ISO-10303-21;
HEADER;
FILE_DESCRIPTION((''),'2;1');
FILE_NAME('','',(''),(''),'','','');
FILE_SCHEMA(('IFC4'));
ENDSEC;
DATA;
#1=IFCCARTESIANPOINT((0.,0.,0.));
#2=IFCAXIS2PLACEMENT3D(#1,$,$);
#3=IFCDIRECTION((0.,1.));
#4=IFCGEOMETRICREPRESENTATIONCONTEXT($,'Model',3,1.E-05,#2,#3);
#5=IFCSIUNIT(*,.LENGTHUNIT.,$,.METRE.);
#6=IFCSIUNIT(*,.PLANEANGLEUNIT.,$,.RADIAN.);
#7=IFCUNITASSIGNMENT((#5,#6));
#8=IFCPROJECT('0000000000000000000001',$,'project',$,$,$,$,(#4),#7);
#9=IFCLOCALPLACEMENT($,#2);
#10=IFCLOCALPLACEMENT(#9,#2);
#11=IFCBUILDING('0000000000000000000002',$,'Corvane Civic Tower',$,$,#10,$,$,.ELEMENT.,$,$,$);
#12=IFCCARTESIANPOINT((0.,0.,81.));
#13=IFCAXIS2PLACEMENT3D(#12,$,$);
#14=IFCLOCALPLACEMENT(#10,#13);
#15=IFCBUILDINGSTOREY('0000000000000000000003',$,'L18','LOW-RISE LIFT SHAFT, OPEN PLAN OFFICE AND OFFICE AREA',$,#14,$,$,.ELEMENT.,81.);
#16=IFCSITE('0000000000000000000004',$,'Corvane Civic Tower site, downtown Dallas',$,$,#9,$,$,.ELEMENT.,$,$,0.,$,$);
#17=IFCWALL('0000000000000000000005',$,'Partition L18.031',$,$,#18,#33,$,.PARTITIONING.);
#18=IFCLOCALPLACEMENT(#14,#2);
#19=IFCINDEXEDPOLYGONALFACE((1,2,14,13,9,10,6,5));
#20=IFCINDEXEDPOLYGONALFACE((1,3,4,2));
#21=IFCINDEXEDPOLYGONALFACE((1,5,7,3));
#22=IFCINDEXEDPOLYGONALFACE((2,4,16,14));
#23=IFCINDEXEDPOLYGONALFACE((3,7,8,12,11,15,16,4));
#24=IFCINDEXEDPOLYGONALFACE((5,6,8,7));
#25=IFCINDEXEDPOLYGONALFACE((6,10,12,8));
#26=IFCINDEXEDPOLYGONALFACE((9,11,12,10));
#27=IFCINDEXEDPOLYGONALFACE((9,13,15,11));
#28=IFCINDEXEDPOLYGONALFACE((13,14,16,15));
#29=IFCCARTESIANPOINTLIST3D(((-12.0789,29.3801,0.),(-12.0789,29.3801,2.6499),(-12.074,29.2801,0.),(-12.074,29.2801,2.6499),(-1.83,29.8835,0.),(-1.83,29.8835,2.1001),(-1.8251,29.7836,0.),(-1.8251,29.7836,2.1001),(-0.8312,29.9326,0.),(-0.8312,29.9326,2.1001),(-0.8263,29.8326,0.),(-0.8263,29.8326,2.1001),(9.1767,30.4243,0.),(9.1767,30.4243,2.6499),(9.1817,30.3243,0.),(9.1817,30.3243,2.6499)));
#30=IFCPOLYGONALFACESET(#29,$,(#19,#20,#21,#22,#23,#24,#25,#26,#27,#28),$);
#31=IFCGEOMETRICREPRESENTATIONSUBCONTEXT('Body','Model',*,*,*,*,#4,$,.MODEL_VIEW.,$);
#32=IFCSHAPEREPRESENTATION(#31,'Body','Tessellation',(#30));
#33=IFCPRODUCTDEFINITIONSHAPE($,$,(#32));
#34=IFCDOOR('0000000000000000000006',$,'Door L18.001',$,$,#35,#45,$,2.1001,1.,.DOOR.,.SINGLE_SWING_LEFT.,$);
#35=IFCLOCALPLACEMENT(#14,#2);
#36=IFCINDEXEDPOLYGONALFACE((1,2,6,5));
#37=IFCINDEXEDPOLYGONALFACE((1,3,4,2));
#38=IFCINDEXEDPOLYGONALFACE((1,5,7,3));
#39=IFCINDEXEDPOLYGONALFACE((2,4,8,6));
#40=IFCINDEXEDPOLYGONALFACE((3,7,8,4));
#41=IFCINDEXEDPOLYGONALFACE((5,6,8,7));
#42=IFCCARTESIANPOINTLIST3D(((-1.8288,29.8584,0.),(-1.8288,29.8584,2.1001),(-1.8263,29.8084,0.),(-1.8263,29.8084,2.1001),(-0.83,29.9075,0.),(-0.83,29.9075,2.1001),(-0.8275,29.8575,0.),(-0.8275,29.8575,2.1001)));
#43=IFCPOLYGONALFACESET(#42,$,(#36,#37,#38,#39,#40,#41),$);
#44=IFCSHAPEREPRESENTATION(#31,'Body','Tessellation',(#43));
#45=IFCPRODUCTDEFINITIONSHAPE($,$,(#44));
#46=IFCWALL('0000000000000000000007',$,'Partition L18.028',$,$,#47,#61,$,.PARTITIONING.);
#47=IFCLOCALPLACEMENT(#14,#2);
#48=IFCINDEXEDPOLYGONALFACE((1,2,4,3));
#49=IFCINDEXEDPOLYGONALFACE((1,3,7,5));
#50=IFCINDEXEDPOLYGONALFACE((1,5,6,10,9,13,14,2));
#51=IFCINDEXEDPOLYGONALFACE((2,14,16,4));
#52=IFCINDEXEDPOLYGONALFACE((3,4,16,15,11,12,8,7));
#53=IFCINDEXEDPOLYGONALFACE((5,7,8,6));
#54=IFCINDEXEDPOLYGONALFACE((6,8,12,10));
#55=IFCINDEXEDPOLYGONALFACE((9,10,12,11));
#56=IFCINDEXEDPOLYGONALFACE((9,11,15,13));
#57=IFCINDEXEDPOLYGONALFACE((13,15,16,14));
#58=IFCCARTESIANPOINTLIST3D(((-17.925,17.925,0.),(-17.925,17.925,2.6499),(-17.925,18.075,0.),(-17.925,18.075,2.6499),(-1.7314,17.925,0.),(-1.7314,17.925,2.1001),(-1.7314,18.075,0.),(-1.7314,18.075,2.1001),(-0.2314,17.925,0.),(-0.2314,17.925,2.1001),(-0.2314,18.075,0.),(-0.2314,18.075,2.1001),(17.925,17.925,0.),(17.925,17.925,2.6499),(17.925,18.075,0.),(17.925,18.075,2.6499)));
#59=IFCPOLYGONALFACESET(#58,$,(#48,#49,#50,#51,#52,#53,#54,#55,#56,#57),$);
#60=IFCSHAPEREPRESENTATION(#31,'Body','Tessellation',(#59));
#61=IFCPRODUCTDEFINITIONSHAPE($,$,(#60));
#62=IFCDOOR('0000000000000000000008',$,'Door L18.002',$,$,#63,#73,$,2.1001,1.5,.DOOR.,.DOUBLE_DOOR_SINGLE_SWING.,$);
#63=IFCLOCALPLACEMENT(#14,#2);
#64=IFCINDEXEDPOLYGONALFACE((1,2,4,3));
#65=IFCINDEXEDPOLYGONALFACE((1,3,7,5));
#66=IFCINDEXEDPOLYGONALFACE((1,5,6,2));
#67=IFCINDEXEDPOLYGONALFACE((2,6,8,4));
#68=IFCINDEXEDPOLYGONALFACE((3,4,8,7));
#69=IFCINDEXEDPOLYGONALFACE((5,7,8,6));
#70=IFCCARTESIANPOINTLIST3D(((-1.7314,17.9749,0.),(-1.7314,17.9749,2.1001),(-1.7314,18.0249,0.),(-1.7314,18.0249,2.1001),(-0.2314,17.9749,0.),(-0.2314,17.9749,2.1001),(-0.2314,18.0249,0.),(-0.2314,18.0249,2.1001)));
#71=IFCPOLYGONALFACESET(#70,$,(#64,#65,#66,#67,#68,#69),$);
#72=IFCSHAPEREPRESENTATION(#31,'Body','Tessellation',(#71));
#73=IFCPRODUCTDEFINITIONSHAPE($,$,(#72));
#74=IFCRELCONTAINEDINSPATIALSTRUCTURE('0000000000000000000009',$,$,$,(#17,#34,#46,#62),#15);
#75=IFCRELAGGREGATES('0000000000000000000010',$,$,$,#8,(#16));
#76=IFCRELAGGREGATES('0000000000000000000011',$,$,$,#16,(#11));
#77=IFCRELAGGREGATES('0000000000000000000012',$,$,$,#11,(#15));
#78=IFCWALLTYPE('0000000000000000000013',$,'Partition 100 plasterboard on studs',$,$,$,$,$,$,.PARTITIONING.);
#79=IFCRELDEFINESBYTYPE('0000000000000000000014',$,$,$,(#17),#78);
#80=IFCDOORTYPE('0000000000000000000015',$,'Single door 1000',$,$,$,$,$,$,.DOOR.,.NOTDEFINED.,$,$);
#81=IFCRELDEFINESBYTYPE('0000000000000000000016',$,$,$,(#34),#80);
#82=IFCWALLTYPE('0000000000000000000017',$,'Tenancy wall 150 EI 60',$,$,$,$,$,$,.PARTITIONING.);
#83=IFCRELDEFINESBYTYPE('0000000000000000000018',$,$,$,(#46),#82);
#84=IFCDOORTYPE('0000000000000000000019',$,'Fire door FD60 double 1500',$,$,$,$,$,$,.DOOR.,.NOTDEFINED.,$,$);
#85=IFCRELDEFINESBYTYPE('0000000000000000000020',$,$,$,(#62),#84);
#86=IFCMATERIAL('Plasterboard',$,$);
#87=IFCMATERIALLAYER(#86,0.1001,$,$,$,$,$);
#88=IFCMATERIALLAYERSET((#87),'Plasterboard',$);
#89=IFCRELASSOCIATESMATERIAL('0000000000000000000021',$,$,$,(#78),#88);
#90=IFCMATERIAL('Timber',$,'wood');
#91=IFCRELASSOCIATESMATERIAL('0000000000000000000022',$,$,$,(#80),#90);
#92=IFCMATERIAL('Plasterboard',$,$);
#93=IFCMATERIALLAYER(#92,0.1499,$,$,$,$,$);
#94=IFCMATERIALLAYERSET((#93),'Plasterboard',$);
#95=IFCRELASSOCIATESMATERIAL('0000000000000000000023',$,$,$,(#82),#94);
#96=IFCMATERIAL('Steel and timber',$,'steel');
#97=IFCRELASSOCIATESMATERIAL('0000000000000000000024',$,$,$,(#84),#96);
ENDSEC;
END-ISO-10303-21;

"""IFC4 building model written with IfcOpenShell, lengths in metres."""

from ifc_helpers import new_model, si_unit, direction, frame, frame_2d, origin, place, context, subcontext, project, spatial, rectangle, extrude, material, layer, layer_set, type_object, element, fill, save


model = new_model("IFC4")

# Units and contexts
model_context = context("Model", 3, precision=1e-05, world=origin(), true_north=direction((0.0, 1.0)))
body_context = subcontext(model_context, "Body", "Model", "MODEL_VIEW")
ifc_project = project(units=[si_unit("LENGTHUNIT", "METRE"), si_unit("PLANEANGLEUNIT", "RADIAN")], contexts=[model_context])

# Site, building, storey
site_placement = place(None, origin())
site = spatial("IfcSite", under=ifc_project, at=site_placement, Name="Corvane Civic Tower site, downtown Dallas", CompositionType="ELEMENT", RefElevation=0.0)
building_placement = place(site_placement, origin())
building = spatial("IfcBuilding", under=site, at=building_placement, Name="Corvane Civic Tower", CompositionType="ELEMENT")
storey_placement = place(building_placement, frame((0.0, 0.0, 81.0)))
storey = spatial("IfcBuildingStorey", under=building, at=storey_placement, Name="L18", Description="LOW-RISE LIFT SHAFT, OPEN PLAN OFFICE AND OFFICE AREA", CompositionType="ELEMENT", Elevation=81.0)

# Shared definitions
ifc_material_1 = material(Name="Plasterboard")
ifc_layer_1 = layer(ifc_material_1, 0.1001)
ifc_layer_set_1 = layer_set([ifc_layer_1], Name="Plasterboard")
wall_type_1 = type_object("IfcWallType", Name="Partition 100 plasterboard on studs", PredefinedType="PARTITIONING", material=ifc_layer_set_1)

# Walls, openings, doors
wall_1_placement = place(storey_placement, frame((-12.0764, 29.3301, 0.0), z_axis=(0.0, 0.0, 1.0), x_axis=(0.998796, 0.049066, 0.0)))
wall_1 = element("IfcWall", 1, at=wall_1_placement, inside=storey, type_object=wall_type_1, Name="Partition L18.031", PredefinedType="PARTITIONING", context=body_context, shape_type="SweptSolid", body=[
    extrude(rectangle(XDim=21.2812, YDim=0.1001, at=frame_2d((10.6406, 0.0))), origin(), (0.0, 0.0, 1.0), 2.6499),
])
opening_1_placement = place(wall_1_placement, frame((10.2612, 0.0, 0.0)))
opening_1 = element("IfcOpeningElement", 2, at=opening_1_placement, cuts=wall_1, PredefinedType="OPENING", context=body_context, shape_type="SweptSolid", body=[
    extrude(rectangle(XDim=1.0, YDim=2.1001, at=frame_2d((0.5, 1.05))), frame((0.0, 0.0601, 0.0), z_axis=(0.0, -1.0, 0.0), x_axis=(1.0, 0.0, 0.0)), (0.0, 0.0, 1.0), 0.1201),
])
ifc_material_2 = material(Name="Timber", Category="wood")
door_type_1 = type_object("IfcDoorType", Name="Single door 1000", OperationType="NOTDEFINED", PredefinedType="DOOR", material=ifc_material_2)
door_1_placement = place(opening_1_placement, origin())
door_1 = element("IfcDoor", 3, at=door_1_placement, inside=storey, type_object=door_type_1, Name="Door L18.001", OperationType="SINGLE_SWING_LEFT", OverallHeight=2.1001, OverallWidth=1.0, PredefinedType="DOOR", context=body_context, shape_type="SweptSolid", body=[
    extrude(rectangle(XDim=1.0, YDim=2.1001, at=frame_2d((0.5, 1.05))), frame((0.0, 0.0249, 0.0), z_axis=(0.0, -1.0, 0.0), x_axis=(1.0, 0.0, 0.0)), (0.0, 0.0, 1.0), 0.05),
])
fill(opening_1, door_1)
ifc_material_3 = material(Name="Plasterboard")
ifc_layer_2 = layer(ifc_material_3, 0.1499)
ifc_layer_set_2 = layer_set([ifc_layer_2], Name="Plasterboard")
wall_type_2 = type_object("IfcWallType", Name="Tenancy wall 150 EI 60", PredefinedType="PARTITIONING", material=ifc_layer_set_2)
wall_2_placement = place(storey_placement, frame((-17.925, 18.0, 0.0), z_axis=(0.0, 0.0, 1.0), x_axis=(1.0, 0.0, 0.0)))
wall_2 = element("IfcWall", 4, at=wall_2_placement, inside=storey, type_object=wall_type_2, Name="Partition L18.028", PredefinedType="PARTITIONING", context=body_context, shape_type="SweptSolid", body=[
    extrude(rectangle(XDim=35.8501, YDim=0.1499, at=frame_2d((17.925, 0.0))), origin(), (0.0, 0.0, 1.0), 2.6499),
])
opening_2_placement = place(wall_2_placement, frame((16.1936, 0.0, 0.0)))
opening_2 = element("IfcOpeningElement", 5, at=opening_2_placement, cuts=wall_2, PredefinedType="OPENING", context=body_context, shape_type="SweptSolid", body=[
    extrude(rectangle(XDim=1.5, YDim=2.1001, at=frame_2d((0.75, 1.05))), frame((0.0, 0.085, 0.0), z_axis=(0.0, -1.0, 0.0), x_axis=(1.0, 0.0, 0.0)), (0.0, 0.0, 1.0), 0.1699),
])
ifc_material_4 = material(Name="Steel and timber", Category="steel")
door_type_2 = type_object("IfcDoorType", Name="Fire door FD60 double 1500", OperationType="NOTDEFINED", PredefinedType="DOOR", material=ifc_material_4)
door_2_placement = place(opening_2_placement, origin())
door_2 = element("IfcDoor", 6, at=door_2_placement, inside=storey, type_object=door_type_2, Name="Door L18.002", OperationType="DOUBLE_DOOR_SINGLE_SWING", OverallHeight=2.1001, OverallWidth=1.5, PredefinedType="DOOR", context=body_context, shape_type="SweptSolid", body=[
    extrude(rectangle(XDim=1.5, YDim=2.1001, at=frame_2d((0.75, 1.05))), frame((0.0, 0.0249, 0.0), z_axis=(0.0, -1.0, 0.0), x_axis=(1.0, 0.0, 0.0)), (0.0, 0.0, 1.0), 0.05),
])
fill(opening_2, door_2)

save(model, "model.ifc")
